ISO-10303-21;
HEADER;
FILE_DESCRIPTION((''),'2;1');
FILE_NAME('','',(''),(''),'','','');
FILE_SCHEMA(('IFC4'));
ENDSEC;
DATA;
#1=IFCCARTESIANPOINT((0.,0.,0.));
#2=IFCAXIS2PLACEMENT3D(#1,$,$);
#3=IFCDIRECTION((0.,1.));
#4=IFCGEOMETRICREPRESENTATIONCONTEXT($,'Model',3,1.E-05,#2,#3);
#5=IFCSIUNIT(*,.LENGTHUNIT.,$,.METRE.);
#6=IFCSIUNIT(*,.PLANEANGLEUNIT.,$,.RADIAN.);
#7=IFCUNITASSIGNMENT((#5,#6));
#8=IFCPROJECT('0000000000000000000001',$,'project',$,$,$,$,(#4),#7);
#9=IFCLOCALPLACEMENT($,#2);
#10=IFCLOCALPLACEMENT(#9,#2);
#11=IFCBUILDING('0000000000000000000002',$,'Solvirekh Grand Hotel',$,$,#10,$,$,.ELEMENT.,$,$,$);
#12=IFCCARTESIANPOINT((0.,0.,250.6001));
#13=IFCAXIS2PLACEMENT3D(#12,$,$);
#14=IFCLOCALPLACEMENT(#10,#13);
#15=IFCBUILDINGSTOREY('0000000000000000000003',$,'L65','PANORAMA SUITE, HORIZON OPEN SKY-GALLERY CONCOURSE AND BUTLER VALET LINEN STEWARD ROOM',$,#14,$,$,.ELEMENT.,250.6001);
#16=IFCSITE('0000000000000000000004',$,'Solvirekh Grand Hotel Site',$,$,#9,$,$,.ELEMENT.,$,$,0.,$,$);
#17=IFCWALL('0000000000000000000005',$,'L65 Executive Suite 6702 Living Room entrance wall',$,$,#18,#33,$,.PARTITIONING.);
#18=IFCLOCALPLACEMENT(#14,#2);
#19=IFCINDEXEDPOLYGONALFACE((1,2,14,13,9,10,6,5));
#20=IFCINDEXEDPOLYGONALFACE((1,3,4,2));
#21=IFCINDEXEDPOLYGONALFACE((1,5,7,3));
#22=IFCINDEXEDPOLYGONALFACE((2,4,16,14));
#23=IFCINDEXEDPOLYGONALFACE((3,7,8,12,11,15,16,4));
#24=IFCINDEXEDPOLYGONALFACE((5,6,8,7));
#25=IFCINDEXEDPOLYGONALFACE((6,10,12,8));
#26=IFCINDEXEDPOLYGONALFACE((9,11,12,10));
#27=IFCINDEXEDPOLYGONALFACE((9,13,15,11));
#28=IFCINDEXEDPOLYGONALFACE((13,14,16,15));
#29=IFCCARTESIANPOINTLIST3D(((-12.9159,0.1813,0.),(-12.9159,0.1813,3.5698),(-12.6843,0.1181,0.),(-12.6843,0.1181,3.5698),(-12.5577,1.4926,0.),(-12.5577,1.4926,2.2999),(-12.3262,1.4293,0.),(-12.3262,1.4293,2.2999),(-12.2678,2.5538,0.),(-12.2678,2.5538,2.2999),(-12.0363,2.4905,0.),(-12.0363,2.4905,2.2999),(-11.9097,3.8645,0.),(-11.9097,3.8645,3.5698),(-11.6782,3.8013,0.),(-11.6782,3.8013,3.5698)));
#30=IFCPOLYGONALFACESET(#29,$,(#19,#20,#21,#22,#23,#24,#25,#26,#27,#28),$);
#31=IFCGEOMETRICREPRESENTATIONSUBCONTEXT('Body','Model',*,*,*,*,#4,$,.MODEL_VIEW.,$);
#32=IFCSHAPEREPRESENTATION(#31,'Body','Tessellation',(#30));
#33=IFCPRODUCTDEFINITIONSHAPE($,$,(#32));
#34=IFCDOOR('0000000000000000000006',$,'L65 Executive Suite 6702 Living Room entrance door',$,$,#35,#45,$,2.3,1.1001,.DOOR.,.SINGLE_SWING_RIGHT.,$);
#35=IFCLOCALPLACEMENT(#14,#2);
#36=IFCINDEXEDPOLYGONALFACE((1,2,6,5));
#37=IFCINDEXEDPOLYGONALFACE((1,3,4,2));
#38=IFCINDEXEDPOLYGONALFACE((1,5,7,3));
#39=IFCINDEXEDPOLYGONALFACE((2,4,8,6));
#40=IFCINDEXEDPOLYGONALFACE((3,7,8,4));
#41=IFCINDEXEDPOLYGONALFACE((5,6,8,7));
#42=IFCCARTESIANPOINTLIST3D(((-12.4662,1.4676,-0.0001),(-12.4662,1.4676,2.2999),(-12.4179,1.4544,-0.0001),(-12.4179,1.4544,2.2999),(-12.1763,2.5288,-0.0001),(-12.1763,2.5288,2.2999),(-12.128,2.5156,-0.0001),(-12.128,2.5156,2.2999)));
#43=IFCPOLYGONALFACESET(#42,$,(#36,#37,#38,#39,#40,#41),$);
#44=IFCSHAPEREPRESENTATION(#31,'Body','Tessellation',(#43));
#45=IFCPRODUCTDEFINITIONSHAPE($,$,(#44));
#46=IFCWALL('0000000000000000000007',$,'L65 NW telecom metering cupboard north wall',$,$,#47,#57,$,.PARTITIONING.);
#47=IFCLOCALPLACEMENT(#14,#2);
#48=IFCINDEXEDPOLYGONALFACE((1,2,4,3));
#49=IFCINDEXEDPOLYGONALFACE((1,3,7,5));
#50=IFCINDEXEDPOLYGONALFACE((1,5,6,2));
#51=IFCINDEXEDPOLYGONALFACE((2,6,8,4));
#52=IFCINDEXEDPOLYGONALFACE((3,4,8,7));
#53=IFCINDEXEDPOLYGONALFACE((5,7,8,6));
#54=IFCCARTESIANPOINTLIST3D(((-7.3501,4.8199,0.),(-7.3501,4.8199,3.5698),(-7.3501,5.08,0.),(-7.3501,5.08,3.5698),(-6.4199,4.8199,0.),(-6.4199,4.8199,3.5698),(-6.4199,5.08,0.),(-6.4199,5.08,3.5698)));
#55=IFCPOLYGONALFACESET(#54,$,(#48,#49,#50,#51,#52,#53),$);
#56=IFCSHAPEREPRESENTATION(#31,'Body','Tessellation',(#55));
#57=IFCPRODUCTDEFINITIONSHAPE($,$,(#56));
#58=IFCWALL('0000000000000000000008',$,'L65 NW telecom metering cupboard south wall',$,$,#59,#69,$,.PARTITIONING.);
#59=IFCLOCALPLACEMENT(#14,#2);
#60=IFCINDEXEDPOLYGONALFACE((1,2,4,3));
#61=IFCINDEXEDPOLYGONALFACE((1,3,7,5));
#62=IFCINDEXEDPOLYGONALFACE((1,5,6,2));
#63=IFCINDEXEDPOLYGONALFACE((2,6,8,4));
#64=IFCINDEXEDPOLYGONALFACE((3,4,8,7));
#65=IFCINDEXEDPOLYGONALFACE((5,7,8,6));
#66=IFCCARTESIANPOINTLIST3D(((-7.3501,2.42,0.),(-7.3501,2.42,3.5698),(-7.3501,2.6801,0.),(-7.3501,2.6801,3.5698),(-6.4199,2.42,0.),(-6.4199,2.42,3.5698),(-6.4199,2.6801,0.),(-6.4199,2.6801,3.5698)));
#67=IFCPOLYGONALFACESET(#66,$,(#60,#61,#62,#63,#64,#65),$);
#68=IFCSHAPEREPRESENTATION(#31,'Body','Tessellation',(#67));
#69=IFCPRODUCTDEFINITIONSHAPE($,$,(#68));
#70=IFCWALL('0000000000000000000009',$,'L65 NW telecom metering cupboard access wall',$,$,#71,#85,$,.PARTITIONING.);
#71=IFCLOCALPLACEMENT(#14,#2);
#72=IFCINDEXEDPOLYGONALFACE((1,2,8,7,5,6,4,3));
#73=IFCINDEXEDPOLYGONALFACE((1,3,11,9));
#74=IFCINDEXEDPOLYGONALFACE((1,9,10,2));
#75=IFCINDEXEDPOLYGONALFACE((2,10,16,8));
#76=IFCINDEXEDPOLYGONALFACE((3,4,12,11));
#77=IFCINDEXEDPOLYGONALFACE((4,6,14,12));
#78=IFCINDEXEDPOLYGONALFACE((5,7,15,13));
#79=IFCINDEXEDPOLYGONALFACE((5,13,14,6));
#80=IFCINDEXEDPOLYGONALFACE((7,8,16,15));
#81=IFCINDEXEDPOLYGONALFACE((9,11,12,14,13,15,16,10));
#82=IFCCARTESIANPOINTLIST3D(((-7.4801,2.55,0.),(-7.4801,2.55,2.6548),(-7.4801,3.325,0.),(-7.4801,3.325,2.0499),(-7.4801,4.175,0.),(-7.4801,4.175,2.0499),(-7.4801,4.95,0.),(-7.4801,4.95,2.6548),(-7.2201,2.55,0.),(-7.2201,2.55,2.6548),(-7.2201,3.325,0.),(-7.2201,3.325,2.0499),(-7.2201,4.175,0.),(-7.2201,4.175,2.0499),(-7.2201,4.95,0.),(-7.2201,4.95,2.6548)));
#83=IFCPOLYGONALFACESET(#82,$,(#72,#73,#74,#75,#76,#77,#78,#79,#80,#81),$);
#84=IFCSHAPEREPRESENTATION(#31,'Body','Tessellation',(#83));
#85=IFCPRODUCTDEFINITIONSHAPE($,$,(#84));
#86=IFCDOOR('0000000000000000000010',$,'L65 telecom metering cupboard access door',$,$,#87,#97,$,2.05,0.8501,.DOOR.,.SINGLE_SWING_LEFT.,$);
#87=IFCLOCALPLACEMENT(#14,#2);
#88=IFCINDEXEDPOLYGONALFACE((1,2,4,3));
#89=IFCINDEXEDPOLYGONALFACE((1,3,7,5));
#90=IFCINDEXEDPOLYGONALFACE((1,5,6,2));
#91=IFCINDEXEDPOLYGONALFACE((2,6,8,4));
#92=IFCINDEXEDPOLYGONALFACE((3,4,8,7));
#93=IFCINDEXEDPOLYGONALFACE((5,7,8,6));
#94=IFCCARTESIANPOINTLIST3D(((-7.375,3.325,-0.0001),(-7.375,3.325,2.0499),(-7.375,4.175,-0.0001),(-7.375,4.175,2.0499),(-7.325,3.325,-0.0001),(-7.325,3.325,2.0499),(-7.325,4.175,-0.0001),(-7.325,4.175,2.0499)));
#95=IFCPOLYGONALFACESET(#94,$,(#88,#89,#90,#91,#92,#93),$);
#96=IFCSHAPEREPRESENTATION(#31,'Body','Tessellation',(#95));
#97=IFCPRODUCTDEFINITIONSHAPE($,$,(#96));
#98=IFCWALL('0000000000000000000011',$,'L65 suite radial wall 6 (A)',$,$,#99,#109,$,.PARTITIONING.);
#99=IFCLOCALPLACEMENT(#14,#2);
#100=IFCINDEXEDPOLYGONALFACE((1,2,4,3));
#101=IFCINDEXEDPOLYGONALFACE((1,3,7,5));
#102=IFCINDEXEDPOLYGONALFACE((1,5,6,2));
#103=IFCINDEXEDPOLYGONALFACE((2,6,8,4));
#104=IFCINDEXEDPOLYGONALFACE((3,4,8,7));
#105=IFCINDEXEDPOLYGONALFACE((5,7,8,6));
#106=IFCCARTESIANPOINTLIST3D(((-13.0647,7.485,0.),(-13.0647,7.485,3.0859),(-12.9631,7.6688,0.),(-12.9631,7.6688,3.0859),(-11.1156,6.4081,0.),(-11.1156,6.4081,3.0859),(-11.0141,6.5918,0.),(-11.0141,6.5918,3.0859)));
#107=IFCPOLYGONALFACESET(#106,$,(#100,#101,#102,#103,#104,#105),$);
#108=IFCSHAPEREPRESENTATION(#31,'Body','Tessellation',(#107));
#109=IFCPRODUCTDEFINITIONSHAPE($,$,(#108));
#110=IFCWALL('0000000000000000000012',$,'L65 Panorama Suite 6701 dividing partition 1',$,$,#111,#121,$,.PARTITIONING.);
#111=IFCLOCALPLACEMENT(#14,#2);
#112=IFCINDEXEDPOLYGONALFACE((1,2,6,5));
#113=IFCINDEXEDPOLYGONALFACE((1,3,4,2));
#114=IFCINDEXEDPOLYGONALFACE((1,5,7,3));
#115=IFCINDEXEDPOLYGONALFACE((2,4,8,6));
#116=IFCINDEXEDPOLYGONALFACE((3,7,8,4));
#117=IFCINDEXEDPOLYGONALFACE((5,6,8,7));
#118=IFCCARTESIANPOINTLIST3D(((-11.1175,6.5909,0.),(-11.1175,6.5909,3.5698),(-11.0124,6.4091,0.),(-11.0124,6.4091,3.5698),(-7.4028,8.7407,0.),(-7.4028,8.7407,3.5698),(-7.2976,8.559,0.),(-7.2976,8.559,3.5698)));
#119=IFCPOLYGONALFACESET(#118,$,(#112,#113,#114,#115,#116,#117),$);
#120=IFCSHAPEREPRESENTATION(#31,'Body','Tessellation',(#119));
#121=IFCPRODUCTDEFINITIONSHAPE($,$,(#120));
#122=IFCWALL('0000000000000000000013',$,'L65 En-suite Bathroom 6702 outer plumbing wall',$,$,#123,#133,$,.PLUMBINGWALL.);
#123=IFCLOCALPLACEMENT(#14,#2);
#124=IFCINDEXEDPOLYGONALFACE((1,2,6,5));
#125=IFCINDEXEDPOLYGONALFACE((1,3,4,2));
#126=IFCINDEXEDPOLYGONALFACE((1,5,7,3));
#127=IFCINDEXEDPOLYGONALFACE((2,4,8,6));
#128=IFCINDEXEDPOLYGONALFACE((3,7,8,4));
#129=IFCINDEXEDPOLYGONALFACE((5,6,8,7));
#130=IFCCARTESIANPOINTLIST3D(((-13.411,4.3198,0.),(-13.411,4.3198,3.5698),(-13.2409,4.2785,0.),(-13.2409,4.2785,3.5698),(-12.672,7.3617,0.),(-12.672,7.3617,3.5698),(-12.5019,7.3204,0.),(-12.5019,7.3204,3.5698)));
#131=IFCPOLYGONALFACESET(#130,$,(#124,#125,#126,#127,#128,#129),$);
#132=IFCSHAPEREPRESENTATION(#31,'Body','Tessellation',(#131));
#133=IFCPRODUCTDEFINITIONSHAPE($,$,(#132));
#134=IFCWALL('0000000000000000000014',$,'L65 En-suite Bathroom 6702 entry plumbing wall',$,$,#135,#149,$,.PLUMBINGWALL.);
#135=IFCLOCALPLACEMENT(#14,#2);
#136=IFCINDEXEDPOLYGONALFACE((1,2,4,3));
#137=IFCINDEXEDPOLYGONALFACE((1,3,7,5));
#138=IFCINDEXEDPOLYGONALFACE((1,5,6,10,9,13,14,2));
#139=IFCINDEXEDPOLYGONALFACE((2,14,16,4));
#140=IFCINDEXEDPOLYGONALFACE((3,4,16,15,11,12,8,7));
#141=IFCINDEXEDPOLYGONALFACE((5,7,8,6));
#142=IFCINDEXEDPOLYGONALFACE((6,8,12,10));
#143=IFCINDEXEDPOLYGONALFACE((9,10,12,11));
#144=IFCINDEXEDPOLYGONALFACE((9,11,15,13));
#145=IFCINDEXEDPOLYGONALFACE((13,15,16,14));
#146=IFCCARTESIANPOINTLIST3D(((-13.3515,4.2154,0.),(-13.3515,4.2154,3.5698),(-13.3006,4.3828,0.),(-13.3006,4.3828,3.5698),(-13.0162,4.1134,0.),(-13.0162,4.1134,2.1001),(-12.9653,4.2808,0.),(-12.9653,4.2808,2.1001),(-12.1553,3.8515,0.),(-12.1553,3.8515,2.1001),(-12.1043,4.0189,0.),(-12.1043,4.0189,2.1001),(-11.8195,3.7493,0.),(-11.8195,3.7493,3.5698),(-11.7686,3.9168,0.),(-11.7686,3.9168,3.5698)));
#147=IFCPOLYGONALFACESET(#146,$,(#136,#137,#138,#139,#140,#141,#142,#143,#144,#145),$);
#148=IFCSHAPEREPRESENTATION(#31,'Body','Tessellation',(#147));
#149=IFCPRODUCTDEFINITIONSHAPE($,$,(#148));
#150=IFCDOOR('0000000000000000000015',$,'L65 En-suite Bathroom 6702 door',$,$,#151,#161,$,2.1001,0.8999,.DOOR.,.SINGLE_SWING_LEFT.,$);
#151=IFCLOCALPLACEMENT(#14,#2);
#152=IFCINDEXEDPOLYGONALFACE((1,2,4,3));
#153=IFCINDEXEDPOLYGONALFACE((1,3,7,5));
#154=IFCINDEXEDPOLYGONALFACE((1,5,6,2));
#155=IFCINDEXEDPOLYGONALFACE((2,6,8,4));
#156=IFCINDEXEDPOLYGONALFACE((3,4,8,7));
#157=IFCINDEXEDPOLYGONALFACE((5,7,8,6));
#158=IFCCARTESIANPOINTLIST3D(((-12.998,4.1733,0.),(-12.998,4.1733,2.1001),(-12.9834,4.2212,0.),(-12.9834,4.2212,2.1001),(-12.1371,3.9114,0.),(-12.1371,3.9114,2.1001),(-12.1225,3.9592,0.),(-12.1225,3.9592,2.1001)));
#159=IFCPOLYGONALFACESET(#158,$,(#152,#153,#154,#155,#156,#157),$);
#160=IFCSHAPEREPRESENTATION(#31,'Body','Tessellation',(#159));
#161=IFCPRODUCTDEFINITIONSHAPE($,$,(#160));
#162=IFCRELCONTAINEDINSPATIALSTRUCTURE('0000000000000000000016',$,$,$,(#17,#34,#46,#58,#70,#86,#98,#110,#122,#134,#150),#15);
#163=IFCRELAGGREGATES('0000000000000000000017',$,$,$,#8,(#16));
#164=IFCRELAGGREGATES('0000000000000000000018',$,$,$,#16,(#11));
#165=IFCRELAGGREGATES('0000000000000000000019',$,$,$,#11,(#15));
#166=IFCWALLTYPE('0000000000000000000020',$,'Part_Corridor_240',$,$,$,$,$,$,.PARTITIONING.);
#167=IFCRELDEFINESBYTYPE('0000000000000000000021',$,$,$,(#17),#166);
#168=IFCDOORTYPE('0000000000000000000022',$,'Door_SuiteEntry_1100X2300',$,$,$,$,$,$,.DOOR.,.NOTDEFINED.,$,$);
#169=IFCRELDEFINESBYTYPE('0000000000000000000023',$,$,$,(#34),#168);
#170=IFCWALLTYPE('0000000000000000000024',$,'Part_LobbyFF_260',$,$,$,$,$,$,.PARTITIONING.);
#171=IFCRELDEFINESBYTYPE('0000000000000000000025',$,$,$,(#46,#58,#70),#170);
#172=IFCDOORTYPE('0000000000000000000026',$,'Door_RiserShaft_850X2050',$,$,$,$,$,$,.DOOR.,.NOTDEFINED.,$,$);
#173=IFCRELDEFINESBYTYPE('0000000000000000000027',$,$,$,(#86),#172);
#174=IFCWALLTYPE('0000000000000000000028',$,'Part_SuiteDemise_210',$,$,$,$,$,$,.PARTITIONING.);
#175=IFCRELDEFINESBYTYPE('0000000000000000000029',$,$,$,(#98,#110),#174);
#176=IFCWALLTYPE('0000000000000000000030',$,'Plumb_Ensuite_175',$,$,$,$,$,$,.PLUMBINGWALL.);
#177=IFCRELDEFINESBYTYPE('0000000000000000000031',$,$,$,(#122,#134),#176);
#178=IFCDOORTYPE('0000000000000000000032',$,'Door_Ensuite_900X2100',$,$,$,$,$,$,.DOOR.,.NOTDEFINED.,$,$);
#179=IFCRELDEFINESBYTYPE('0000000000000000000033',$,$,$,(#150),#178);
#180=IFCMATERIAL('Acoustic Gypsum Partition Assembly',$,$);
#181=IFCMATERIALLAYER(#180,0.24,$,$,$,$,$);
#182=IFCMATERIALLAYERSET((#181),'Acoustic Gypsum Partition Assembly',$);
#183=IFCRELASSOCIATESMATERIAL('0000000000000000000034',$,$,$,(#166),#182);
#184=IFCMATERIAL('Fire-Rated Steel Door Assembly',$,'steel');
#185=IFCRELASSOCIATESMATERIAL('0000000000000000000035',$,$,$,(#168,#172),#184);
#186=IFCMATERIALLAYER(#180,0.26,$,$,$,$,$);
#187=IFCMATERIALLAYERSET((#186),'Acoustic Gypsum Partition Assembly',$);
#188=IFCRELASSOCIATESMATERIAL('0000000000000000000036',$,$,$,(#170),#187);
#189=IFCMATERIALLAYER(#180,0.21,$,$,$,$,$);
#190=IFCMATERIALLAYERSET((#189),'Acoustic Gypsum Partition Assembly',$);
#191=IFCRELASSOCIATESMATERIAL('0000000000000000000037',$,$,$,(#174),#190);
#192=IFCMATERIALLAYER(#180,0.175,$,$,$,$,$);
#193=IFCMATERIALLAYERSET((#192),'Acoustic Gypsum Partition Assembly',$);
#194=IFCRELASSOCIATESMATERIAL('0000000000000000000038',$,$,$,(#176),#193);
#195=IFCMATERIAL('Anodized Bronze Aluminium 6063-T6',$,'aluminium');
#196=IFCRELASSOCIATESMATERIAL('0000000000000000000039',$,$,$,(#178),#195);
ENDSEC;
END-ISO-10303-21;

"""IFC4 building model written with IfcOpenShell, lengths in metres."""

from ifc_helpers import new_model, si_unit, direction, frame, frame_2d, origin, place, context, subcontext, project, spatial, rectangle, extrude, material, layer, layer_set, type_object, element, fill, save


model = new_model("IFC4")

# Units and contexts
model_context = context("Model", 3, precision=1e-05, world=origin(), true_north=direction((0.0, 1.0)))
body_context = subcontext(model_context, "Body", "Model", "MODEL_VIEW")
ifc_project = project(units=[si_unit("LENGTHUNIT", "METRE"), si_unit("PLANEANGLEUNIT", "RADIAN")], contexts=[model_context])

# Site, building, storey
site_placement = place(None, origin())
site = spatial("IfcSite", under=ifc_project, at=site_placement, Name="Solvirekh Grand Hotel Site", CompositionType="ELEMENT", RefElevation=0.0)
building_placement = place(site_placement, origin())
building = spatial("IfcBuilding", under=site, at=building_placement, Name="Solvirekh Grand Hotel", CompositionType="ELEMENT")
storey_placement = place(building_placement, frame((0.0, 0.0, 250.6001)))
storey = spatial("IfcBuildingStorey", under=building, at=storey_placement, Name="L65", Description="PANORAMA SUITE, HORIZON OPEN SKY-GALLERY CONCOURSE AND BUTLER VALET LINEN STEWARD ROOM", CompositionType="ELEMENT", Elevation=250.6001)

# Shared definitions
ifc_material_1 = material(Name="Acoustic Gypsum Partition Assembly")
ifc_layer_1 = layer(ifc_material_1, 0.24)
ifc_layer_set_1 = layer_set([ifc_layer_1], Name="Acoustic Gypsum Partition Assembly")
wall_type_1 = type_object("IfcWallType", Name="Part_Corridor_240", PredefinedType="PARTITIONING", material=ifc_layer_set_1)

# Wall, opening, door
wall_1_placement = place(storey_placement, frame((-11.7939, 3.833, 0.0), z_axis=(0.0, 0.0, 1.0), x_axis=(-0.263512, -0.964656, 0.0)))
wall_1 = element("IfcWall", 1, at=wall_1_placement, inside=storey, type_object=wall_type_1, Name="L65 Executive Suite 6702 Living Room entrance wall", PredefinedType="PARTITIONING", context=body_context, shape_type="SweptSolid", body=[
    extrude(rectangle(XDim=3.8181, YDim=0.24, at=frame_2d((1.9092, 0.0))), origin(), (0.0, 0.0, 1.0), 3.5698),
])
opening_1_placement = place(wall_1_placement, frame((1.3589, 0.0, 0.0)))
opening_1 = element("IfcOpeningElement", 2, at=opening_1_placement, cuts=wall_1, PredefinedType="OPENING", context=body_context, shape_type="SweptSolid", body=[
    extrude(rectangle(XDim=1.1001, YDim=2.3, at=frame_2d((0.55, 1.1499))), frame((0.0, 0.1299, 0.0), z_axis=(0.0, -1.0, 0.0), x_axis=(1.0, 0.0, 0.0)), (0.0, 0.0, 1.0), 0.26),
])
ifc_material_2 = material(Name="Fire-Rated Steel Door Assembly", Category="steel")
door_type_1 = type_object("IfcDoorType", Name="Door_SuiteEntry_1100X2300", OperationType="NOTDEFINED", PredefinedType="DOOR", material=ifc_material_2)
door_1_placement = place(opening_1_placement, origin())
door_1 = element("IfcDoor", 3, at=door_1_placement, inside=storey, type_object=door_type_1, Name="L65 Executive Suite 6702 Living Room entrance door", OperationType="SINGLE_SWING_RIGHT", OverallHeight=2.3, OverallWidth=1.1001, PredefinedType="DOOR", context=body_context, shape_type="SweptSolid", body=[
    extrude(rectangle(XDim=1.1001, YDim=2.3, at=frame_2d((0.55, 1.1499))), frame((0.0, 0.0249, 0.0), z_axis=(0.0, -1.0, 0.0), x_axis=(1.0, 0.0, 0.0)), (0.0, 0.0, 1.0), 0.05),
])
fill(opening_1, door_1)

# Walls
ifc_layer_2 = layer(ifc_material_1, 0.26)
ifc_layer_set_2 = layer_set([ifc_layer_2], Name="Acoustic Gypsum Partition Assembly")
wall_type_2 = type_object("IfcWallType", Name="Part_LobbyFF_260", PredefinedType="PARTITIONING", material=ifc_layer_set_2)
for number, where, z_axis, x_axis, name in (
    (4, (-7.3501, 4.95, 0.0), (0.0, 0.0, 1.0), (1.0, 0.0, 0.0), "L65 NW telecom metering cupboard north wall"),
    (5, (-7.3501, 2.55, 0.0), (0.0, 0.0, 1.0), (1.0, 0.0, 0.0), "L65 NW telecom metering cupboard south wall"),
):
    element("IfcWall", number, at=place(storey_placement, frame(where, z_axis=z_axis, x_axis=x_axis)), inside=storey, type_object=wall_type_2, Name=name, PredefinedType="PARTITIONING", context=body_context, shape_type="SweptSolid", body=[
        extrude(rectangle(XDim=0.9302, YDim=0.26, at=frame_2d((0.4651, 0.0))), origin(), (0.0, 0.0, 1.0), 3.5698),
    ])

# Wall, opening, door
wall_2_placement = place(storey_placement, frame((-7.3501, 2.55, 0.0), z_axis=(0.0, 0.0, 1.0), x_axis=(0.0, 1.0, 0.0)))
wall_2 = element("IfcWall", 6, at=wall_2_placement, inside=storey, type_object=wall_type_2, Name="L65 NW telecom metering cupboard access wall", PredefinedType="PARTITIONING", context=body_context, shape_type="SweptSolid", body=[
    extrude(rectangle(XDim=2.3999, YDim=0.26, at=frame_2d((1.2, 0.0))), origin(), (0.0, 0.0, 1.0), 2.6548),
])
opening_2_placement = place(wall_2_placement, frame((0.7749, 0.0, 0.0)))
opening_2 = element("IfcOpeningElement", 7, at=opening_2_placement, cuts=wall_2, PredefinedType="OPENING", context=body_context, shape_type="SweptSolid", body=[
    extrude(rectangle(XDim=0.8501, YDim=2.05, at=frame_2d((0.425, 1.0249))), frame((0.0, 0.1401, 0.0), z_axis=(0.0, -1.0, 0.0), x_axis=(1.0, 0.0, 0.0)), (0.0, 0.0, 1.0), 0.28),
])
door_type_2 = type_object("IfcDoorType", Name="Door_RiserShaft_850X2050", OperationType="NOTDEFINED", PredefinedType="DOOR", material=ifc_material_2)
door_2_placement = place(opening_2_placement, origin())
door_2 = element("IfcDoor", 8, at=door_2_placement, inside=storey, type_object=door_type_2, Name="L65 telecom metering cupboard access door", OperationType="SINGLE_SWING_LEFT", OverallHeight=2.05, OverallWidth=0.8501, PredefinedType="DOOR", context=body_context, shape_type="SweptSolid", body=[
    extrude(rectangle(XDim=0.8501, YDim=2.05, at=frame_2d((0.425, 1.0249))), frame((0.0, 0.0249, 0.0), z_axis=(0.0, -1.0, 0.0), x_axis=(1.0, 0.0, 0.0)), (0.0, 0.0, 1.0), 0.05),
])
fill(opening_2, door_2)

# Walls
ifc_layer_3 = layer(ifc_material_1, 0.21)
ifc_layer_set_3 = layer_set([ifc_layer_3], Name="Acoustic Gypsum Partition Assembly")
wall_type_3 = type_object("IfcWallType", Name="Part_SuiteDemise_210", PredefinedType="PARTITIONING", material=ifc_layer_set_3)
wall_3_placement = place(storey_placement, frame((-11.0649, 6.5, 0.0), z_axis=(0.0, 0.0, 1.0), x_axis=(-0.875272, 0.483631, 0.0)))
element("IfcWall", 9, at=wall_3_placement, inside=storey, type_object=wall_type_3, Name="L65 suite radial wall 6 (A)", PredefinedType="PARTITIONING", context=body_context, shape_type="SweptSolid", body=[
    extrude(rectangle(XDim=2.2268, YDim=0.21, at=frame_2d((1.1133, 0.0))), origin(), (0.0, 0.0, 1.0), 3.0859),
])
wall_4_placement = place(storey_placement, frame((-11.0649, 6.5, 0.0), z_axis=(0.0, 0.0, 1.0), x_axis=(0.865507, 0.500897, 0.0)))
element("IfcWall", 10, at=wall_4_placement, inside=storey, type_object=wall_type_3, Name="L65 Panorama Suite 6701 dividing partition 1", PredefinedType="PARTITIONING", context=body_context, shape_type="SweptSolid", body=[
    extrude(rectangle(XDim=4.292, YDim=0.21, at=frame_2d((2.146, 0.0))), origin(), (0.0, 0.0, 1.0), 3.5698),
])
ifc_layer_4 = layer(ifc_material_1, 0.175)
ifc_layer_set_4 = layer_set([ifc_layer_4], Name="Acoustic Gypsum Partition Assembly")
wall_type_4 = type_object("IfcWallType", Name="Plumb_Ensuite_175", PredefinedType="PLUMBINGWALL", material=ifc_layer_set_4)
wall_5_placement = place(storey_placement, frame((-12.5869, 7.3411, 0.0), z_axis=(0.0, 0.0, 1.0), x_axis=(-0.236071, -0.971736, 0.0)))
element("IfcWall", 11, at=wall_5_placement, inside=storey, type_object=wall_type_4, Name="L65 En-suite Bathroom 6702 outer plumbing wall", PredefinedType="PLUMBINGWALL", context=body_context, shape_type="SweptSolid", body=[
    extrude(rectangle(XDim=3.1304, YDim=0.175, at=frame_2d((1.5652, 0.0))), origin(), (0.0, 0.0, 1.0), 3.5698),
])

# Wall, opening, door
wall_6_placement = place(storey_placement, frame((-11.7939, 3.833, 0.0), z_axis=(0.0, 0.0, 1.0), x_axis=(-0.956707, 0.291052, 0.0)))
wall_6 = element("IfcWall", 12, at=wall_6_placement, inside=storey, type_object=wall_type_4, Name="L65 En-suite Bathroom 6702 entry plumbing wall", PredefinedType="PLUMBINGWALL", context=body_context, shape_type="SweptSolid", body=[
    extrude(rectangle(XDim=1.6013, YDim=0.175, at=frame_2d((0.8008, 0.0))), origin(), (0.0, 0.0, 1.0), 3.5698),
])
opening_3_placement = place(wall_6_placement, frame((0.3511, 0.0, 0.0)))
opening_3 = element("IfcOpeningElement", 13, at=opening_3_placement, cuts=wall_6, PredefinedType="OPENING", context=body_context, shape_type="SweptSolid", body=[
    extrude(rectangle(XDim=0.8999, YDim=2.1001, at=frame_2d((0.45, 1.05))), frame((0.0, 0.0977, 0.0), z_axis=(0.0, -1.0, 0.0), x_axis=(1.0, 0.0, 0.0)), (0.0, 0.0, 1.0), 0.1951),
])
ifc_material_3 = material(Name="Anodized Bronze Aluminium 6063-T6", Category="aluminium")
door_type_3 = type_object("IfcDoorType", Name="Door_Ensuite_900X2100", OperationType="NOTDEFINED", PredefinedType="DOOR", material=ifc_material_3)
door_3_placement = place(opening_3_placement, origin())
door_3 = element("IfcDoor", 14, at=door_3_placement, inside=storey, type_object=door_type_3, Name="L65 En-suite Bathroom 6702 door", OperationType="SINGLE_SWING_LEFT", OverallHeight=2.1001, OverallWidth=0.8999, PredefinedType="DOOR", context=body_context, shape_type="SweptSolid", body=[
    extrude(rectangle(XDim=0.8999, YDim=2.1001, at=frame_2d((0.45, 1.05))), frame((0.0, 0.0249, 0.0), z_axis=(0.0, -1.0, 0.0), x_axis=(1.0, 0.0, 0.0)), (0.0, 0.0, 1.0), 0.05),
])
fill(opening_3, door_3)

save(model, "model.ifc")
